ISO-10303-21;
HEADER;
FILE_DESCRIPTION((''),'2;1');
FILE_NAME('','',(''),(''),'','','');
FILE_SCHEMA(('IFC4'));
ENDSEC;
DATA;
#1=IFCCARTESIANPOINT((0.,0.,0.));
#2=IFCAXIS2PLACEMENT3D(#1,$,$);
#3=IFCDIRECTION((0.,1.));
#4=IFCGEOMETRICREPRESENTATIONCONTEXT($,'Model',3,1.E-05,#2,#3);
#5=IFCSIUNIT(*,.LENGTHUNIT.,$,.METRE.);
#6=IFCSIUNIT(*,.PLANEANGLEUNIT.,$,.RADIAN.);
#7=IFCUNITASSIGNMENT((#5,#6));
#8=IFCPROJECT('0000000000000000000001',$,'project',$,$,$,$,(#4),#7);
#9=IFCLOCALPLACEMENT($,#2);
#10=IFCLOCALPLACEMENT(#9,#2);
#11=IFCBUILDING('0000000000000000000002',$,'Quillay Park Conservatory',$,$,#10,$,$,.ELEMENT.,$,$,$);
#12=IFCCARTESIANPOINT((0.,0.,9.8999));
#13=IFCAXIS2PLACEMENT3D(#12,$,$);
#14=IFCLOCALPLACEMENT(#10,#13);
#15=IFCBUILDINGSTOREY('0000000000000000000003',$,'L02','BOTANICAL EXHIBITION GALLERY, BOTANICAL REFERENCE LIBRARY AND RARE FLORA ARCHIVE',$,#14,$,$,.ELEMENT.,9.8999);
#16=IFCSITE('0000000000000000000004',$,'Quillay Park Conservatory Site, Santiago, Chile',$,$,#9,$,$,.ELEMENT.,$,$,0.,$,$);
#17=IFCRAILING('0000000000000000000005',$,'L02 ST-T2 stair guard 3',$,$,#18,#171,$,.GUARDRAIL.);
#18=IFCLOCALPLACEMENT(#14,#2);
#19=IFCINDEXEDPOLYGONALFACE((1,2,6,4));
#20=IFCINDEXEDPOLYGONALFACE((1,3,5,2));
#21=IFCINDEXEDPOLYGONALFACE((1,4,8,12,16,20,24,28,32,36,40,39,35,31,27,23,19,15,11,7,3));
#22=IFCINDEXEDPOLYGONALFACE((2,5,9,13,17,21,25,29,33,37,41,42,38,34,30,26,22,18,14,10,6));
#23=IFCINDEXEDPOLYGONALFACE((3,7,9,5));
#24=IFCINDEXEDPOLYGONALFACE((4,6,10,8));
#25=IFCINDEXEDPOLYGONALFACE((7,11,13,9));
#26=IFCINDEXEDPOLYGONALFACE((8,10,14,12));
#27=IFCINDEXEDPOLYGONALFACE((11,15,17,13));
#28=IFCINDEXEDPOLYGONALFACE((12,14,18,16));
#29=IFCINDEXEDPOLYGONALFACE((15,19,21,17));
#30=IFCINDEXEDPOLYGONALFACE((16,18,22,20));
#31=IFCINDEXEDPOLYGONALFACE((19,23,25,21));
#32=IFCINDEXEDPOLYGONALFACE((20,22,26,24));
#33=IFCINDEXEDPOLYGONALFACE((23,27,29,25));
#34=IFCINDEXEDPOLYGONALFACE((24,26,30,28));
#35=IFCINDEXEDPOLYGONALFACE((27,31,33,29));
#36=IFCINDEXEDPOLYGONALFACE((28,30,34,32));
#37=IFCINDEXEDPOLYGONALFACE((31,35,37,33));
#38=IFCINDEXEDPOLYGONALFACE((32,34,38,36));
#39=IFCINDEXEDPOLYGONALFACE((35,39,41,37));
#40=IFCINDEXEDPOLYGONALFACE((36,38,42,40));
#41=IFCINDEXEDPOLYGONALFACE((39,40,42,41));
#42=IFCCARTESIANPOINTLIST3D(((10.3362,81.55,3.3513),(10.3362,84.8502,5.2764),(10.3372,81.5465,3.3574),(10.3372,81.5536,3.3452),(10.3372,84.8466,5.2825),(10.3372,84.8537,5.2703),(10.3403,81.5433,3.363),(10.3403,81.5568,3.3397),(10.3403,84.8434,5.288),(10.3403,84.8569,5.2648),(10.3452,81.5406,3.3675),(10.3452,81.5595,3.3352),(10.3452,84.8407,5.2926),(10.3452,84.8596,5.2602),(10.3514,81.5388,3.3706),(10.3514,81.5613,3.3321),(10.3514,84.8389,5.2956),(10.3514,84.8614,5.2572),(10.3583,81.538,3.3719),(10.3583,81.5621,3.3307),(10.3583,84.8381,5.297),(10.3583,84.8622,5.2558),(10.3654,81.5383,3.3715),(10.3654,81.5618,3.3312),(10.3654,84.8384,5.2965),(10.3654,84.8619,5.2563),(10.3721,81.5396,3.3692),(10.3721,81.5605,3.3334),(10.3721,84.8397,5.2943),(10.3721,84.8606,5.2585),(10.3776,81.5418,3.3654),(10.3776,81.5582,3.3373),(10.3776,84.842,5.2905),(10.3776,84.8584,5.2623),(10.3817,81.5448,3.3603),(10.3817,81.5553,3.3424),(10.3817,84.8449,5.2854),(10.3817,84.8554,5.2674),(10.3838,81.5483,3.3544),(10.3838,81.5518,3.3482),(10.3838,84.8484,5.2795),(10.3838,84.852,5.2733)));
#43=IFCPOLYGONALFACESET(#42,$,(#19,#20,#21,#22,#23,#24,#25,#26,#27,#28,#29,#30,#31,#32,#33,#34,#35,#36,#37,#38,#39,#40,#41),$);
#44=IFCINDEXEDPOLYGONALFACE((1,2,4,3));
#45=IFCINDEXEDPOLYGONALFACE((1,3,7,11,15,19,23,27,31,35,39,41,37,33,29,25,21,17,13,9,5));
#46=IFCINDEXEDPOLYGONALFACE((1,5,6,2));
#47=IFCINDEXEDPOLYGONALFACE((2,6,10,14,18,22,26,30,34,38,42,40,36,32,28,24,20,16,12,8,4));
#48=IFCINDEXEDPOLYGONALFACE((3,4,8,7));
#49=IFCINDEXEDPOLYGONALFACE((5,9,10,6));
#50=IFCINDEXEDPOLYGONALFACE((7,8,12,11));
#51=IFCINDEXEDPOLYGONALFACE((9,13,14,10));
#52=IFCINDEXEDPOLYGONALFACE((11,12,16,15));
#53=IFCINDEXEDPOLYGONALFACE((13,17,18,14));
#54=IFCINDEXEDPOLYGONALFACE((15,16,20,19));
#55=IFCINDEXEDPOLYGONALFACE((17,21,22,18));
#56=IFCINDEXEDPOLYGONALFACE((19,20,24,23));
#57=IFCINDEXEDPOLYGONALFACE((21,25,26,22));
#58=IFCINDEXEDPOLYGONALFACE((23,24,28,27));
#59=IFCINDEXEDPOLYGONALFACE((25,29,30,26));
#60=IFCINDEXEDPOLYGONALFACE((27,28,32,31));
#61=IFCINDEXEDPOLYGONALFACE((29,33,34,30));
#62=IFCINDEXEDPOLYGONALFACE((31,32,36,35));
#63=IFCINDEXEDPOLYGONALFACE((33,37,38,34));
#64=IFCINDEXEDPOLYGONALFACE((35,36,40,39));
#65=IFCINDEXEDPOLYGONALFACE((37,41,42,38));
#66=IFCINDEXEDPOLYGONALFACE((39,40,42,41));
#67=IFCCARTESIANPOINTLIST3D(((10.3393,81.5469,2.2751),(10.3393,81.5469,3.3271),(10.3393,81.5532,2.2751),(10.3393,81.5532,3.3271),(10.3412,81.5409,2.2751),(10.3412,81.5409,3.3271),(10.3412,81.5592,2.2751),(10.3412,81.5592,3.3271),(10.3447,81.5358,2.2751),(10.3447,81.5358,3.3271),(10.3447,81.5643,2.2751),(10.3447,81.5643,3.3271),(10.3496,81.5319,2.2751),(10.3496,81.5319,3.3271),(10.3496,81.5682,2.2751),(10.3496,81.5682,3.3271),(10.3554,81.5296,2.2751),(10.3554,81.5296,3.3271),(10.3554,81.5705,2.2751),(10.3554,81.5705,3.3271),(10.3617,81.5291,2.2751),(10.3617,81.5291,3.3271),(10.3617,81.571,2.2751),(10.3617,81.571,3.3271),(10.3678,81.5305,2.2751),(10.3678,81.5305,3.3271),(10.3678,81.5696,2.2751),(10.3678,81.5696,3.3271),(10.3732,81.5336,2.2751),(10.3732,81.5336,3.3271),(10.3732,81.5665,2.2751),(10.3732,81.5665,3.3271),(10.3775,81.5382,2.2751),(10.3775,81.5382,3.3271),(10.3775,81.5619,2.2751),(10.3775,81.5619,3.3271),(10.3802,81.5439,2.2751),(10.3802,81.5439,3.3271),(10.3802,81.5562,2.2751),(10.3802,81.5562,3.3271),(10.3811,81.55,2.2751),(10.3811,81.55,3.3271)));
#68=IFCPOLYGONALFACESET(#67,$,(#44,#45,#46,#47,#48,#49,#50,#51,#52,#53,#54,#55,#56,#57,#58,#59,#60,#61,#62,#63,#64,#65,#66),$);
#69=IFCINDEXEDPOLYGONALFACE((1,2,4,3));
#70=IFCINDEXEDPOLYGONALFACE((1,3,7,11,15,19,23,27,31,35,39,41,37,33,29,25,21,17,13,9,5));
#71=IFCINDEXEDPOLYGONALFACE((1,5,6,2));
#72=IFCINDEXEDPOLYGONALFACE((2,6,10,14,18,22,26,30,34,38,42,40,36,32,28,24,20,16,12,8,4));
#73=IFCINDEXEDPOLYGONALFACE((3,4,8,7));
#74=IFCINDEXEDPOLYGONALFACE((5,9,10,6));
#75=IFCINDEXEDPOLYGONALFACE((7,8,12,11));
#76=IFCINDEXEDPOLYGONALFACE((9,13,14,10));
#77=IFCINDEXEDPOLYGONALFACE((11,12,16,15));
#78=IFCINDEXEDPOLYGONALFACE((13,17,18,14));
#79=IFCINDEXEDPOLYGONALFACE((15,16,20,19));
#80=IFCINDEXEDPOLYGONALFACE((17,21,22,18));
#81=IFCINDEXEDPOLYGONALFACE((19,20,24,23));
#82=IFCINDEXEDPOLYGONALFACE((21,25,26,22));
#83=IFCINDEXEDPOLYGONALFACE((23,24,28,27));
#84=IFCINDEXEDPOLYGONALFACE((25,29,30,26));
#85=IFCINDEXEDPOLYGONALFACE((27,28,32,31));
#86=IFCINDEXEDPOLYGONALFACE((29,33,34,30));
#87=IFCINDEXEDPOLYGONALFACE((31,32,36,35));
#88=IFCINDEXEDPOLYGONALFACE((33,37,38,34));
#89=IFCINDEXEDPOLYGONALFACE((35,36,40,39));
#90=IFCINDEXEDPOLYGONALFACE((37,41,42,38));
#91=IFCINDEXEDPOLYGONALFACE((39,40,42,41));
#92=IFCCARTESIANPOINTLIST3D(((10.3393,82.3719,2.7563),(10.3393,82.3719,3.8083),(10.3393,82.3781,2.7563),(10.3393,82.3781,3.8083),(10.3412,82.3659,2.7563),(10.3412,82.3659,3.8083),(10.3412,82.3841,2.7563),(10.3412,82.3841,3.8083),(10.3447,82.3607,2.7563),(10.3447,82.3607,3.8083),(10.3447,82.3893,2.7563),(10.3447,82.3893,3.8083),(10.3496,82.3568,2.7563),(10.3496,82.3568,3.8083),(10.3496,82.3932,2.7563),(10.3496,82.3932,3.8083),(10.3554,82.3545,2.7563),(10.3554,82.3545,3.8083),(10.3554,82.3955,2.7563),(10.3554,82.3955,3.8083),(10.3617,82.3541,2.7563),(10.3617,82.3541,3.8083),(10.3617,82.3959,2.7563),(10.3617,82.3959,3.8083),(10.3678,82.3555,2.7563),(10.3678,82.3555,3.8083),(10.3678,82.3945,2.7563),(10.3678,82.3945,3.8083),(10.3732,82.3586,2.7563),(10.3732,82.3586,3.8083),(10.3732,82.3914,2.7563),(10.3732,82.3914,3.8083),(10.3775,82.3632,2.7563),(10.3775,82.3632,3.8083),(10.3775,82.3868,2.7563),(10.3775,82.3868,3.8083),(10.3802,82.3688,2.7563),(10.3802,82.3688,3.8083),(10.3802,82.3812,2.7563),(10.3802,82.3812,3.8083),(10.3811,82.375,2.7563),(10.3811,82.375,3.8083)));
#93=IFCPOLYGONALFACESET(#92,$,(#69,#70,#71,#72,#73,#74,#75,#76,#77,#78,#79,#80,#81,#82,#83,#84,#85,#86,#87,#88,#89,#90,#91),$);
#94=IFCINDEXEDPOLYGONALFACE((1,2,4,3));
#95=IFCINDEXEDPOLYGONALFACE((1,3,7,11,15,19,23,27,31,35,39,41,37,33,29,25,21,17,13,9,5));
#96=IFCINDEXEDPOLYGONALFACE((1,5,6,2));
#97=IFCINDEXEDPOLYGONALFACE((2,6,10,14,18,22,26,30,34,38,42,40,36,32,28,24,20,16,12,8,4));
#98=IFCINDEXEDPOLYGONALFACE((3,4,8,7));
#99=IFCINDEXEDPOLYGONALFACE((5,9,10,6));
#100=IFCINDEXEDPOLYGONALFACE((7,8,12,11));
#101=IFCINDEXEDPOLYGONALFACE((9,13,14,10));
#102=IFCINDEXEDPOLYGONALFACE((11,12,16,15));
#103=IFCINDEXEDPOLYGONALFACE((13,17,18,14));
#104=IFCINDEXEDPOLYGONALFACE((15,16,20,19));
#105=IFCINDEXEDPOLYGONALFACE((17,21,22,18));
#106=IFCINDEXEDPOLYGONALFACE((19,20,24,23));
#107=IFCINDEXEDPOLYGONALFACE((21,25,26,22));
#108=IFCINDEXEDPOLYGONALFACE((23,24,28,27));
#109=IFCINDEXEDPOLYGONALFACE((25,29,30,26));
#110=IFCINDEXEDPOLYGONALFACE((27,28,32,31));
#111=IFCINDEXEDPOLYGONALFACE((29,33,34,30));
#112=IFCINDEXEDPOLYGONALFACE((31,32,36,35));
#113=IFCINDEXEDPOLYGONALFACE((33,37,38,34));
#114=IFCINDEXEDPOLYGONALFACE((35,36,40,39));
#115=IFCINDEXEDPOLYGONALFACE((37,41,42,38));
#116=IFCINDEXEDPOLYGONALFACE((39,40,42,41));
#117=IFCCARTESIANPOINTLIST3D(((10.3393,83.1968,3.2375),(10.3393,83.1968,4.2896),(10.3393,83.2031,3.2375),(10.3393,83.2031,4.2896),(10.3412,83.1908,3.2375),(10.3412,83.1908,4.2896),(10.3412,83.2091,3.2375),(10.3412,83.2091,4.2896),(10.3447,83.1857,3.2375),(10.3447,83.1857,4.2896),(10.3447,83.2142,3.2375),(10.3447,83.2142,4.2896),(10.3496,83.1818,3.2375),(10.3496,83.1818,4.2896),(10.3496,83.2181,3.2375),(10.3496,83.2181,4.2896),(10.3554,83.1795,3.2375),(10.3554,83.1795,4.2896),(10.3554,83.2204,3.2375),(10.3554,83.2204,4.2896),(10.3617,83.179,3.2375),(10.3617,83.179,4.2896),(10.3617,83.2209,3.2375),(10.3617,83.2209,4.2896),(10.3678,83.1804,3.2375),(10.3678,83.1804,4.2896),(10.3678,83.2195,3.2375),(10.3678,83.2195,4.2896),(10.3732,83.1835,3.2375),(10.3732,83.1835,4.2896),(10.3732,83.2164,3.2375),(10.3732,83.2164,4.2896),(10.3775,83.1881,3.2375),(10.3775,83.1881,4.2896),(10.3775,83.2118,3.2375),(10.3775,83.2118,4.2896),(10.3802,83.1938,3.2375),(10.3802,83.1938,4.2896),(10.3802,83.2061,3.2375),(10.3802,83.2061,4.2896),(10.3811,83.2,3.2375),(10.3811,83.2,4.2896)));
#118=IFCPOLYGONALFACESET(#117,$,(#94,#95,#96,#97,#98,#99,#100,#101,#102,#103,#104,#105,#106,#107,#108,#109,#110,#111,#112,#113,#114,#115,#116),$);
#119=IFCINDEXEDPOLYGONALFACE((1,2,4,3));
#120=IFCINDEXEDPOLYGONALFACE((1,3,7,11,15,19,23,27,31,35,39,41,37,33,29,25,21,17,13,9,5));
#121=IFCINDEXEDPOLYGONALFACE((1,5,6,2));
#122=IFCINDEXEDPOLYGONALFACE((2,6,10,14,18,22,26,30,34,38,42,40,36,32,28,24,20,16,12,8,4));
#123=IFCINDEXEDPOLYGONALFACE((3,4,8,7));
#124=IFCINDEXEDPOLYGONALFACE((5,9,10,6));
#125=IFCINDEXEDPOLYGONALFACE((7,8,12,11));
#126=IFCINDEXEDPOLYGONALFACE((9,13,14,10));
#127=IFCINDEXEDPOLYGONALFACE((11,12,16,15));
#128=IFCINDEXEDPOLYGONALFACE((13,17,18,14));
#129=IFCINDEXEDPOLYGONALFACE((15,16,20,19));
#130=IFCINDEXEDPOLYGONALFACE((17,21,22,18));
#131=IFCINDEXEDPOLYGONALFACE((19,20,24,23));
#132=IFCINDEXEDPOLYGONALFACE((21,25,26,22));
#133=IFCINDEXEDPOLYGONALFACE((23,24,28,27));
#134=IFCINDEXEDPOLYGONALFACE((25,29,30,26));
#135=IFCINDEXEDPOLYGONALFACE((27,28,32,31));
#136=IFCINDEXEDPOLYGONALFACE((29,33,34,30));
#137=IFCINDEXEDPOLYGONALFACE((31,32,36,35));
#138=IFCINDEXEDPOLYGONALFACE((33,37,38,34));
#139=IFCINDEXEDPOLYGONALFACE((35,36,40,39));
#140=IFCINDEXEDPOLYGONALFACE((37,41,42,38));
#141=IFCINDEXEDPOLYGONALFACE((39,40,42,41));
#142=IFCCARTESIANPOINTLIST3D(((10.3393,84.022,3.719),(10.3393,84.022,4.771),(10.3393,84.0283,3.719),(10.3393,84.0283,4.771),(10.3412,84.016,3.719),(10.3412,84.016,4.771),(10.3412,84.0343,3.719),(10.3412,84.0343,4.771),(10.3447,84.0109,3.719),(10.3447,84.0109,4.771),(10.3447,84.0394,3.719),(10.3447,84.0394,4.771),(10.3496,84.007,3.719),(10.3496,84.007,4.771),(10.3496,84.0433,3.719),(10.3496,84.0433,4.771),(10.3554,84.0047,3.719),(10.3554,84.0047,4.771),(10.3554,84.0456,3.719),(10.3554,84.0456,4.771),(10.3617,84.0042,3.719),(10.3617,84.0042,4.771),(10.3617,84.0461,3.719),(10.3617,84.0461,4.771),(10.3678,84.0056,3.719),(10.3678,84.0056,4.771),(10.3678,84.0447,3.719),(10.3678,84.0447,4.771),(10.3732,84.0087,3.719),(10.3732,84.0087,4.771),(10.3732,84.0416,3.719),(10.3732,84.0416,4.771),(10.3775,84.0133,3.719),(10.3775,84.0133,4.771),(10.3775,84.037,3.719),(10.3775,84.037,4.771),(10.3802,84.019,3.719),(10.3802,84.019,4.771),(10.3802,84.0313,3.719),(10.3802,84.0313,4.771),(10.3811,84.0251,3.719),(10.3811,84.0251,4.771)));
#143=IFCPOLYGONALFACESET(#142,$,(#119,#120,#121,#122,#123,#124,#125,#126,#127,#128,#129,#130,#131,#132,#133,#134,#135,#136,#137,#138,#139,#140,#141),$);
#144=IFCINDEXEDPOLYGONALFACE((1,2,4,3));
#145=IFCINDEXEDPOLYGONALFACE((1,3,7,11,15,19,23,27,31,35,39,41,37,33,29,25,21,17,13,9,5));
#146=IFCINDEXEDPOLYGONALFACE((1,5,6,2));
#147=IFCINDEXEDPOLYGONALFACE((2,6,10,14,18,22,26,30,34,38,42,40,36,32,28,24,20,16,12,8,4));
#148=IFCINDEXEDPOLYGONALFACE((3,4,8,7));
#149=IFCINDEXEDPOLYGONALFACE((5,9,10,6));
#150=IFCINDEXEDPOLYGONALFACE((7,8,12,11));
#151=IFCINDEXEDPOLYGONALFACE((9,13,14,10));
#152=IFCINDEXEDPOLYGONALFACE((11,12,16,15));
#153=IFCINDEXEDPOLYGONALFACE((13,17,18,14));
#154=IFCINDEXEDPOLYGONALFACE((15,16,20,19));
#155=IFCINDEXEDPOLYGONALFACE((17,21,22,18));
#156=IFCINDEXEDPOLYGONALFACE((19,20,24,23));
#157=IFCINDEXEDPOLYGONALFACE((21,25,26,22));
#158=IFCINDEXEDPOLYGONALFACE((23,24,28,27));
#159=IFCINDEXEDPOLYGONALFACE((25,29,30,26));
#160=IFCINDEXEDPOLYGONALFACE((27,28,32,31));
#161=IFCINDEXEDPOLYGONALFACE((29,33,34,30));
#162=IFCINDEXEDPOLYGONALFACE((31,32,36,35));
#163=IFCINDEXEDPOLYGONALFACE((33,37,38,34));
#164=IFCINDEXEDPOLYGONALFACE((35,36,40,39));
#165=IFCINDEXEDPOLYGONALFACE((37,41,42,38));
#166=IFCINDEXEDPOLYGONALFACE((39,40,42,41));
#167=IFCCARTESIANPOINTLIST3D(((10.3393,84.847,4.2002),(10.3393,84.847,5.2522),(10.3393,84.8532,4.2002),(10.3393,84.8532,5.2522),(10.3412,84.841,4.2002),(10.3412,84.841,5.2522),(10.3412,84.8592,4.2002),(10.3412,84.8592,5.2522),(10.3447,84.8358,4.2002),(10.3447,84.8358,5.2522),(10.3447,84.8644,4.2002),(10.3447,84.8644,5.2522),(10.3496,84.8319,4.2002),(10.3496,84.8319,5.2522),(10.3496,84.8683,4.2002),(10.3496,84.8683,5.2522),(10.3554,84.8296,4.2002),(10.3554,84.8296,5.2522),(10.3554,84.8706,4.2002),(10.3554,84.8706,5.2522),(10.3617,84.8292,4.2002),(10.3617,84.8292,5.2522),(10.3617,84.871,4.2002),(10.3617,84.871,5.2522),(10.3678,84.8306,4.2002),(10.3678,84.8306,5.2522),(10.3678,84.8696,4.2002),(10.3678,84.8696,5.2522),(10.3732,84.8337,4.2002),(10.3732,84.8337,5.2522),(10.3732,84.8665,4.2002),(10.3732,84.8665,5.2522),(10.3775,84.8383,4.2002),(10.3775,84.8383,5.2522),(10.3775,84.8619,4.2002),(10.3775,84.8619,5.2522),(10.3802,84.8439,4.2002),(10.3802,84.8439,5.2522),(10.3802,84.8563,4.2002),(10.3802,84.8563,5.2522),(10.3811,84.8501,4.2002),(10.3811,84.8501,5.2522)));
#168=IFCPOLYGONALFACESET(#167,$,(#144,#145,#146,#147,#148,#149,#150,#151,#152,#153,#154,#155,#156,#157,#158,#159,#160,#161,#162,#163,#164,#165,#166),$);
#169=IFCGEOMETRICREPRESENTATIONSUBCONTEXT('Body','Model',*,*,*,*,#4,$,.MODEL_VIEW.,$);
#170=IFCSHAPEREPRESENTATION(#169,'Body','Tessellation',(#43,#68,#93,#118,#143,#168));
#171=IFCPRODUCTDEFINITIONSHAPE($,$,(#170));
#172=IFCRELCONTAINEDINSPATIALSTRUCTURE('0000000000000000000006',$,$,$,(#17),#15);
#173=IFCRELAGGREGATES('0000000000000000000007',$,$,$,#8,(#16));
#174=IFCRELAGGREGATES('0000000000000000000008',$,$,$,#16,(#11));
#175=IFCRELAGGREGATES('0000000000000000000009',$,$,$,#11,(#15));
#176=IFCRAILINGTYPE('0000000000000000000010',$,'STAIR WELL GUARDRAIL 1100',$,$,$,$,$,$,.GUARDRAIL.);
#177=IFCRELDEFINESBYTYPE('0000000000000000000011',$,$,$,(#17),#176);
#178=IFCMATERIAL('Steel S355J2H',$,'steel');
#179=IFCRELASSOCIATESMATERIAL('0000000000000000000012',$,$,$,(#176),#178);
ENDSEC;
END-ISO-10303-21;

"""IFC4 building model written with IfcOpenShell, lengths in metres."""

from ifc_helpers import new_model, si_unit, direction, frame, origin, origin_2d, place, context, subcontext, project, spatial, circle, extrude, material, type_object, element, save


model = new_model("IFC4")

# Units and contexts
model_context = context("Model", 3, precision=1e-05, world=origin(), true_north=direction((0.0, 1.0)))
body_context = subcontext(model_context, "Body", "Model", "MODEL_VIEW")
ifc_project = project(units=[si_unit("LENGTHUNIT", "METRE"), si_unit("PLANEANGLEUNIT", "RADIAN")], contexts=[model_context])

# Site, building, storey
site_placement = place(None, origin())
site = spatial("IfcSite", under=ifc_project, at=site_placement, Name="Quillay Park Conservatory Site, Santiago, Chile", CompositionType="ELEMENT", RefElevation=0.0)
building_placement = place(site_placement, origin())
building = spatial("IfcBuilding", under=site, at=building_placement, Name="Quillay Park Conservatory", CompositionType="ELEMENT")
storey_placement = place(building_placement, frame((0.0, 0.0, 9.8999)))
storey = spatial("IfcBuildingStorey", under=building, at=storey_placement, Name="L02", Description="BOTANICAL EXHIBITION GALLERY, BOTANICAL REFERENCE LIBRARY AND RARE FLORA ARCHIVE", CompositionType="ELEMENT", Elevation=9.8999)

# Railing
ifc_material_1 = material(Name="Steel S355J2H", Category="steel")
railing_type_1 = type_object("IfcRailingType", Name="STAIR WELL GUARDRAIL 1100", PredefinedType="GUARDRAIL", material=ifc_material_1)
railing_1_placement = place(storey_placement, frame((10.3601, 81.55, 2.2751)))
element("IfcRailing", 1, at=railing_1_placement, inside=storey, type_object=railing_type_1, Name="L02 ST-T2 stair guard 3", PredefinedType="GUARDRAIL", context=body_context, shape_type="SweptSolid", body=[
    extrude(circle(Radius=0.0239, at=origin_2d()), frame((0.0, 0.0, 1.0762), z_axis=(0.0, 0.863777, 0.503875), x_axis=(-1.0, 0.0, 0.0)), (0.0, 0.0, 1.0), 3.8206),
    extrude(circle(Radius=0.021, at=origin_2d()), origin(), (0.0, 0.0, 1.0), 1.052),
    extrude(circle(Radius=0.021, at=origin_2d()), frame((0.0, 0.825, 0.4812)), (0.0, 0.0, 1.0), 1.052),
    extrude(circle(Radius=0.021, at=origin_2d()), frame((0.0, 1.6499, 0.9624)), (0.0, 0.0, 1.0), 1.052),
    extrude(circle(Radius=0.021, at=origin_2d()), frame((0.0, 2.4751, 1.4438)), (0.0, 0.0, 1.0), 1.052),
    extrude(circle(Radius=0.021, at=origin_2d()), frame((0.0, 3.3, 1.925)), (0.0, 0.0, 1.0), 1.052),
])

save(model, "model.ifc")
